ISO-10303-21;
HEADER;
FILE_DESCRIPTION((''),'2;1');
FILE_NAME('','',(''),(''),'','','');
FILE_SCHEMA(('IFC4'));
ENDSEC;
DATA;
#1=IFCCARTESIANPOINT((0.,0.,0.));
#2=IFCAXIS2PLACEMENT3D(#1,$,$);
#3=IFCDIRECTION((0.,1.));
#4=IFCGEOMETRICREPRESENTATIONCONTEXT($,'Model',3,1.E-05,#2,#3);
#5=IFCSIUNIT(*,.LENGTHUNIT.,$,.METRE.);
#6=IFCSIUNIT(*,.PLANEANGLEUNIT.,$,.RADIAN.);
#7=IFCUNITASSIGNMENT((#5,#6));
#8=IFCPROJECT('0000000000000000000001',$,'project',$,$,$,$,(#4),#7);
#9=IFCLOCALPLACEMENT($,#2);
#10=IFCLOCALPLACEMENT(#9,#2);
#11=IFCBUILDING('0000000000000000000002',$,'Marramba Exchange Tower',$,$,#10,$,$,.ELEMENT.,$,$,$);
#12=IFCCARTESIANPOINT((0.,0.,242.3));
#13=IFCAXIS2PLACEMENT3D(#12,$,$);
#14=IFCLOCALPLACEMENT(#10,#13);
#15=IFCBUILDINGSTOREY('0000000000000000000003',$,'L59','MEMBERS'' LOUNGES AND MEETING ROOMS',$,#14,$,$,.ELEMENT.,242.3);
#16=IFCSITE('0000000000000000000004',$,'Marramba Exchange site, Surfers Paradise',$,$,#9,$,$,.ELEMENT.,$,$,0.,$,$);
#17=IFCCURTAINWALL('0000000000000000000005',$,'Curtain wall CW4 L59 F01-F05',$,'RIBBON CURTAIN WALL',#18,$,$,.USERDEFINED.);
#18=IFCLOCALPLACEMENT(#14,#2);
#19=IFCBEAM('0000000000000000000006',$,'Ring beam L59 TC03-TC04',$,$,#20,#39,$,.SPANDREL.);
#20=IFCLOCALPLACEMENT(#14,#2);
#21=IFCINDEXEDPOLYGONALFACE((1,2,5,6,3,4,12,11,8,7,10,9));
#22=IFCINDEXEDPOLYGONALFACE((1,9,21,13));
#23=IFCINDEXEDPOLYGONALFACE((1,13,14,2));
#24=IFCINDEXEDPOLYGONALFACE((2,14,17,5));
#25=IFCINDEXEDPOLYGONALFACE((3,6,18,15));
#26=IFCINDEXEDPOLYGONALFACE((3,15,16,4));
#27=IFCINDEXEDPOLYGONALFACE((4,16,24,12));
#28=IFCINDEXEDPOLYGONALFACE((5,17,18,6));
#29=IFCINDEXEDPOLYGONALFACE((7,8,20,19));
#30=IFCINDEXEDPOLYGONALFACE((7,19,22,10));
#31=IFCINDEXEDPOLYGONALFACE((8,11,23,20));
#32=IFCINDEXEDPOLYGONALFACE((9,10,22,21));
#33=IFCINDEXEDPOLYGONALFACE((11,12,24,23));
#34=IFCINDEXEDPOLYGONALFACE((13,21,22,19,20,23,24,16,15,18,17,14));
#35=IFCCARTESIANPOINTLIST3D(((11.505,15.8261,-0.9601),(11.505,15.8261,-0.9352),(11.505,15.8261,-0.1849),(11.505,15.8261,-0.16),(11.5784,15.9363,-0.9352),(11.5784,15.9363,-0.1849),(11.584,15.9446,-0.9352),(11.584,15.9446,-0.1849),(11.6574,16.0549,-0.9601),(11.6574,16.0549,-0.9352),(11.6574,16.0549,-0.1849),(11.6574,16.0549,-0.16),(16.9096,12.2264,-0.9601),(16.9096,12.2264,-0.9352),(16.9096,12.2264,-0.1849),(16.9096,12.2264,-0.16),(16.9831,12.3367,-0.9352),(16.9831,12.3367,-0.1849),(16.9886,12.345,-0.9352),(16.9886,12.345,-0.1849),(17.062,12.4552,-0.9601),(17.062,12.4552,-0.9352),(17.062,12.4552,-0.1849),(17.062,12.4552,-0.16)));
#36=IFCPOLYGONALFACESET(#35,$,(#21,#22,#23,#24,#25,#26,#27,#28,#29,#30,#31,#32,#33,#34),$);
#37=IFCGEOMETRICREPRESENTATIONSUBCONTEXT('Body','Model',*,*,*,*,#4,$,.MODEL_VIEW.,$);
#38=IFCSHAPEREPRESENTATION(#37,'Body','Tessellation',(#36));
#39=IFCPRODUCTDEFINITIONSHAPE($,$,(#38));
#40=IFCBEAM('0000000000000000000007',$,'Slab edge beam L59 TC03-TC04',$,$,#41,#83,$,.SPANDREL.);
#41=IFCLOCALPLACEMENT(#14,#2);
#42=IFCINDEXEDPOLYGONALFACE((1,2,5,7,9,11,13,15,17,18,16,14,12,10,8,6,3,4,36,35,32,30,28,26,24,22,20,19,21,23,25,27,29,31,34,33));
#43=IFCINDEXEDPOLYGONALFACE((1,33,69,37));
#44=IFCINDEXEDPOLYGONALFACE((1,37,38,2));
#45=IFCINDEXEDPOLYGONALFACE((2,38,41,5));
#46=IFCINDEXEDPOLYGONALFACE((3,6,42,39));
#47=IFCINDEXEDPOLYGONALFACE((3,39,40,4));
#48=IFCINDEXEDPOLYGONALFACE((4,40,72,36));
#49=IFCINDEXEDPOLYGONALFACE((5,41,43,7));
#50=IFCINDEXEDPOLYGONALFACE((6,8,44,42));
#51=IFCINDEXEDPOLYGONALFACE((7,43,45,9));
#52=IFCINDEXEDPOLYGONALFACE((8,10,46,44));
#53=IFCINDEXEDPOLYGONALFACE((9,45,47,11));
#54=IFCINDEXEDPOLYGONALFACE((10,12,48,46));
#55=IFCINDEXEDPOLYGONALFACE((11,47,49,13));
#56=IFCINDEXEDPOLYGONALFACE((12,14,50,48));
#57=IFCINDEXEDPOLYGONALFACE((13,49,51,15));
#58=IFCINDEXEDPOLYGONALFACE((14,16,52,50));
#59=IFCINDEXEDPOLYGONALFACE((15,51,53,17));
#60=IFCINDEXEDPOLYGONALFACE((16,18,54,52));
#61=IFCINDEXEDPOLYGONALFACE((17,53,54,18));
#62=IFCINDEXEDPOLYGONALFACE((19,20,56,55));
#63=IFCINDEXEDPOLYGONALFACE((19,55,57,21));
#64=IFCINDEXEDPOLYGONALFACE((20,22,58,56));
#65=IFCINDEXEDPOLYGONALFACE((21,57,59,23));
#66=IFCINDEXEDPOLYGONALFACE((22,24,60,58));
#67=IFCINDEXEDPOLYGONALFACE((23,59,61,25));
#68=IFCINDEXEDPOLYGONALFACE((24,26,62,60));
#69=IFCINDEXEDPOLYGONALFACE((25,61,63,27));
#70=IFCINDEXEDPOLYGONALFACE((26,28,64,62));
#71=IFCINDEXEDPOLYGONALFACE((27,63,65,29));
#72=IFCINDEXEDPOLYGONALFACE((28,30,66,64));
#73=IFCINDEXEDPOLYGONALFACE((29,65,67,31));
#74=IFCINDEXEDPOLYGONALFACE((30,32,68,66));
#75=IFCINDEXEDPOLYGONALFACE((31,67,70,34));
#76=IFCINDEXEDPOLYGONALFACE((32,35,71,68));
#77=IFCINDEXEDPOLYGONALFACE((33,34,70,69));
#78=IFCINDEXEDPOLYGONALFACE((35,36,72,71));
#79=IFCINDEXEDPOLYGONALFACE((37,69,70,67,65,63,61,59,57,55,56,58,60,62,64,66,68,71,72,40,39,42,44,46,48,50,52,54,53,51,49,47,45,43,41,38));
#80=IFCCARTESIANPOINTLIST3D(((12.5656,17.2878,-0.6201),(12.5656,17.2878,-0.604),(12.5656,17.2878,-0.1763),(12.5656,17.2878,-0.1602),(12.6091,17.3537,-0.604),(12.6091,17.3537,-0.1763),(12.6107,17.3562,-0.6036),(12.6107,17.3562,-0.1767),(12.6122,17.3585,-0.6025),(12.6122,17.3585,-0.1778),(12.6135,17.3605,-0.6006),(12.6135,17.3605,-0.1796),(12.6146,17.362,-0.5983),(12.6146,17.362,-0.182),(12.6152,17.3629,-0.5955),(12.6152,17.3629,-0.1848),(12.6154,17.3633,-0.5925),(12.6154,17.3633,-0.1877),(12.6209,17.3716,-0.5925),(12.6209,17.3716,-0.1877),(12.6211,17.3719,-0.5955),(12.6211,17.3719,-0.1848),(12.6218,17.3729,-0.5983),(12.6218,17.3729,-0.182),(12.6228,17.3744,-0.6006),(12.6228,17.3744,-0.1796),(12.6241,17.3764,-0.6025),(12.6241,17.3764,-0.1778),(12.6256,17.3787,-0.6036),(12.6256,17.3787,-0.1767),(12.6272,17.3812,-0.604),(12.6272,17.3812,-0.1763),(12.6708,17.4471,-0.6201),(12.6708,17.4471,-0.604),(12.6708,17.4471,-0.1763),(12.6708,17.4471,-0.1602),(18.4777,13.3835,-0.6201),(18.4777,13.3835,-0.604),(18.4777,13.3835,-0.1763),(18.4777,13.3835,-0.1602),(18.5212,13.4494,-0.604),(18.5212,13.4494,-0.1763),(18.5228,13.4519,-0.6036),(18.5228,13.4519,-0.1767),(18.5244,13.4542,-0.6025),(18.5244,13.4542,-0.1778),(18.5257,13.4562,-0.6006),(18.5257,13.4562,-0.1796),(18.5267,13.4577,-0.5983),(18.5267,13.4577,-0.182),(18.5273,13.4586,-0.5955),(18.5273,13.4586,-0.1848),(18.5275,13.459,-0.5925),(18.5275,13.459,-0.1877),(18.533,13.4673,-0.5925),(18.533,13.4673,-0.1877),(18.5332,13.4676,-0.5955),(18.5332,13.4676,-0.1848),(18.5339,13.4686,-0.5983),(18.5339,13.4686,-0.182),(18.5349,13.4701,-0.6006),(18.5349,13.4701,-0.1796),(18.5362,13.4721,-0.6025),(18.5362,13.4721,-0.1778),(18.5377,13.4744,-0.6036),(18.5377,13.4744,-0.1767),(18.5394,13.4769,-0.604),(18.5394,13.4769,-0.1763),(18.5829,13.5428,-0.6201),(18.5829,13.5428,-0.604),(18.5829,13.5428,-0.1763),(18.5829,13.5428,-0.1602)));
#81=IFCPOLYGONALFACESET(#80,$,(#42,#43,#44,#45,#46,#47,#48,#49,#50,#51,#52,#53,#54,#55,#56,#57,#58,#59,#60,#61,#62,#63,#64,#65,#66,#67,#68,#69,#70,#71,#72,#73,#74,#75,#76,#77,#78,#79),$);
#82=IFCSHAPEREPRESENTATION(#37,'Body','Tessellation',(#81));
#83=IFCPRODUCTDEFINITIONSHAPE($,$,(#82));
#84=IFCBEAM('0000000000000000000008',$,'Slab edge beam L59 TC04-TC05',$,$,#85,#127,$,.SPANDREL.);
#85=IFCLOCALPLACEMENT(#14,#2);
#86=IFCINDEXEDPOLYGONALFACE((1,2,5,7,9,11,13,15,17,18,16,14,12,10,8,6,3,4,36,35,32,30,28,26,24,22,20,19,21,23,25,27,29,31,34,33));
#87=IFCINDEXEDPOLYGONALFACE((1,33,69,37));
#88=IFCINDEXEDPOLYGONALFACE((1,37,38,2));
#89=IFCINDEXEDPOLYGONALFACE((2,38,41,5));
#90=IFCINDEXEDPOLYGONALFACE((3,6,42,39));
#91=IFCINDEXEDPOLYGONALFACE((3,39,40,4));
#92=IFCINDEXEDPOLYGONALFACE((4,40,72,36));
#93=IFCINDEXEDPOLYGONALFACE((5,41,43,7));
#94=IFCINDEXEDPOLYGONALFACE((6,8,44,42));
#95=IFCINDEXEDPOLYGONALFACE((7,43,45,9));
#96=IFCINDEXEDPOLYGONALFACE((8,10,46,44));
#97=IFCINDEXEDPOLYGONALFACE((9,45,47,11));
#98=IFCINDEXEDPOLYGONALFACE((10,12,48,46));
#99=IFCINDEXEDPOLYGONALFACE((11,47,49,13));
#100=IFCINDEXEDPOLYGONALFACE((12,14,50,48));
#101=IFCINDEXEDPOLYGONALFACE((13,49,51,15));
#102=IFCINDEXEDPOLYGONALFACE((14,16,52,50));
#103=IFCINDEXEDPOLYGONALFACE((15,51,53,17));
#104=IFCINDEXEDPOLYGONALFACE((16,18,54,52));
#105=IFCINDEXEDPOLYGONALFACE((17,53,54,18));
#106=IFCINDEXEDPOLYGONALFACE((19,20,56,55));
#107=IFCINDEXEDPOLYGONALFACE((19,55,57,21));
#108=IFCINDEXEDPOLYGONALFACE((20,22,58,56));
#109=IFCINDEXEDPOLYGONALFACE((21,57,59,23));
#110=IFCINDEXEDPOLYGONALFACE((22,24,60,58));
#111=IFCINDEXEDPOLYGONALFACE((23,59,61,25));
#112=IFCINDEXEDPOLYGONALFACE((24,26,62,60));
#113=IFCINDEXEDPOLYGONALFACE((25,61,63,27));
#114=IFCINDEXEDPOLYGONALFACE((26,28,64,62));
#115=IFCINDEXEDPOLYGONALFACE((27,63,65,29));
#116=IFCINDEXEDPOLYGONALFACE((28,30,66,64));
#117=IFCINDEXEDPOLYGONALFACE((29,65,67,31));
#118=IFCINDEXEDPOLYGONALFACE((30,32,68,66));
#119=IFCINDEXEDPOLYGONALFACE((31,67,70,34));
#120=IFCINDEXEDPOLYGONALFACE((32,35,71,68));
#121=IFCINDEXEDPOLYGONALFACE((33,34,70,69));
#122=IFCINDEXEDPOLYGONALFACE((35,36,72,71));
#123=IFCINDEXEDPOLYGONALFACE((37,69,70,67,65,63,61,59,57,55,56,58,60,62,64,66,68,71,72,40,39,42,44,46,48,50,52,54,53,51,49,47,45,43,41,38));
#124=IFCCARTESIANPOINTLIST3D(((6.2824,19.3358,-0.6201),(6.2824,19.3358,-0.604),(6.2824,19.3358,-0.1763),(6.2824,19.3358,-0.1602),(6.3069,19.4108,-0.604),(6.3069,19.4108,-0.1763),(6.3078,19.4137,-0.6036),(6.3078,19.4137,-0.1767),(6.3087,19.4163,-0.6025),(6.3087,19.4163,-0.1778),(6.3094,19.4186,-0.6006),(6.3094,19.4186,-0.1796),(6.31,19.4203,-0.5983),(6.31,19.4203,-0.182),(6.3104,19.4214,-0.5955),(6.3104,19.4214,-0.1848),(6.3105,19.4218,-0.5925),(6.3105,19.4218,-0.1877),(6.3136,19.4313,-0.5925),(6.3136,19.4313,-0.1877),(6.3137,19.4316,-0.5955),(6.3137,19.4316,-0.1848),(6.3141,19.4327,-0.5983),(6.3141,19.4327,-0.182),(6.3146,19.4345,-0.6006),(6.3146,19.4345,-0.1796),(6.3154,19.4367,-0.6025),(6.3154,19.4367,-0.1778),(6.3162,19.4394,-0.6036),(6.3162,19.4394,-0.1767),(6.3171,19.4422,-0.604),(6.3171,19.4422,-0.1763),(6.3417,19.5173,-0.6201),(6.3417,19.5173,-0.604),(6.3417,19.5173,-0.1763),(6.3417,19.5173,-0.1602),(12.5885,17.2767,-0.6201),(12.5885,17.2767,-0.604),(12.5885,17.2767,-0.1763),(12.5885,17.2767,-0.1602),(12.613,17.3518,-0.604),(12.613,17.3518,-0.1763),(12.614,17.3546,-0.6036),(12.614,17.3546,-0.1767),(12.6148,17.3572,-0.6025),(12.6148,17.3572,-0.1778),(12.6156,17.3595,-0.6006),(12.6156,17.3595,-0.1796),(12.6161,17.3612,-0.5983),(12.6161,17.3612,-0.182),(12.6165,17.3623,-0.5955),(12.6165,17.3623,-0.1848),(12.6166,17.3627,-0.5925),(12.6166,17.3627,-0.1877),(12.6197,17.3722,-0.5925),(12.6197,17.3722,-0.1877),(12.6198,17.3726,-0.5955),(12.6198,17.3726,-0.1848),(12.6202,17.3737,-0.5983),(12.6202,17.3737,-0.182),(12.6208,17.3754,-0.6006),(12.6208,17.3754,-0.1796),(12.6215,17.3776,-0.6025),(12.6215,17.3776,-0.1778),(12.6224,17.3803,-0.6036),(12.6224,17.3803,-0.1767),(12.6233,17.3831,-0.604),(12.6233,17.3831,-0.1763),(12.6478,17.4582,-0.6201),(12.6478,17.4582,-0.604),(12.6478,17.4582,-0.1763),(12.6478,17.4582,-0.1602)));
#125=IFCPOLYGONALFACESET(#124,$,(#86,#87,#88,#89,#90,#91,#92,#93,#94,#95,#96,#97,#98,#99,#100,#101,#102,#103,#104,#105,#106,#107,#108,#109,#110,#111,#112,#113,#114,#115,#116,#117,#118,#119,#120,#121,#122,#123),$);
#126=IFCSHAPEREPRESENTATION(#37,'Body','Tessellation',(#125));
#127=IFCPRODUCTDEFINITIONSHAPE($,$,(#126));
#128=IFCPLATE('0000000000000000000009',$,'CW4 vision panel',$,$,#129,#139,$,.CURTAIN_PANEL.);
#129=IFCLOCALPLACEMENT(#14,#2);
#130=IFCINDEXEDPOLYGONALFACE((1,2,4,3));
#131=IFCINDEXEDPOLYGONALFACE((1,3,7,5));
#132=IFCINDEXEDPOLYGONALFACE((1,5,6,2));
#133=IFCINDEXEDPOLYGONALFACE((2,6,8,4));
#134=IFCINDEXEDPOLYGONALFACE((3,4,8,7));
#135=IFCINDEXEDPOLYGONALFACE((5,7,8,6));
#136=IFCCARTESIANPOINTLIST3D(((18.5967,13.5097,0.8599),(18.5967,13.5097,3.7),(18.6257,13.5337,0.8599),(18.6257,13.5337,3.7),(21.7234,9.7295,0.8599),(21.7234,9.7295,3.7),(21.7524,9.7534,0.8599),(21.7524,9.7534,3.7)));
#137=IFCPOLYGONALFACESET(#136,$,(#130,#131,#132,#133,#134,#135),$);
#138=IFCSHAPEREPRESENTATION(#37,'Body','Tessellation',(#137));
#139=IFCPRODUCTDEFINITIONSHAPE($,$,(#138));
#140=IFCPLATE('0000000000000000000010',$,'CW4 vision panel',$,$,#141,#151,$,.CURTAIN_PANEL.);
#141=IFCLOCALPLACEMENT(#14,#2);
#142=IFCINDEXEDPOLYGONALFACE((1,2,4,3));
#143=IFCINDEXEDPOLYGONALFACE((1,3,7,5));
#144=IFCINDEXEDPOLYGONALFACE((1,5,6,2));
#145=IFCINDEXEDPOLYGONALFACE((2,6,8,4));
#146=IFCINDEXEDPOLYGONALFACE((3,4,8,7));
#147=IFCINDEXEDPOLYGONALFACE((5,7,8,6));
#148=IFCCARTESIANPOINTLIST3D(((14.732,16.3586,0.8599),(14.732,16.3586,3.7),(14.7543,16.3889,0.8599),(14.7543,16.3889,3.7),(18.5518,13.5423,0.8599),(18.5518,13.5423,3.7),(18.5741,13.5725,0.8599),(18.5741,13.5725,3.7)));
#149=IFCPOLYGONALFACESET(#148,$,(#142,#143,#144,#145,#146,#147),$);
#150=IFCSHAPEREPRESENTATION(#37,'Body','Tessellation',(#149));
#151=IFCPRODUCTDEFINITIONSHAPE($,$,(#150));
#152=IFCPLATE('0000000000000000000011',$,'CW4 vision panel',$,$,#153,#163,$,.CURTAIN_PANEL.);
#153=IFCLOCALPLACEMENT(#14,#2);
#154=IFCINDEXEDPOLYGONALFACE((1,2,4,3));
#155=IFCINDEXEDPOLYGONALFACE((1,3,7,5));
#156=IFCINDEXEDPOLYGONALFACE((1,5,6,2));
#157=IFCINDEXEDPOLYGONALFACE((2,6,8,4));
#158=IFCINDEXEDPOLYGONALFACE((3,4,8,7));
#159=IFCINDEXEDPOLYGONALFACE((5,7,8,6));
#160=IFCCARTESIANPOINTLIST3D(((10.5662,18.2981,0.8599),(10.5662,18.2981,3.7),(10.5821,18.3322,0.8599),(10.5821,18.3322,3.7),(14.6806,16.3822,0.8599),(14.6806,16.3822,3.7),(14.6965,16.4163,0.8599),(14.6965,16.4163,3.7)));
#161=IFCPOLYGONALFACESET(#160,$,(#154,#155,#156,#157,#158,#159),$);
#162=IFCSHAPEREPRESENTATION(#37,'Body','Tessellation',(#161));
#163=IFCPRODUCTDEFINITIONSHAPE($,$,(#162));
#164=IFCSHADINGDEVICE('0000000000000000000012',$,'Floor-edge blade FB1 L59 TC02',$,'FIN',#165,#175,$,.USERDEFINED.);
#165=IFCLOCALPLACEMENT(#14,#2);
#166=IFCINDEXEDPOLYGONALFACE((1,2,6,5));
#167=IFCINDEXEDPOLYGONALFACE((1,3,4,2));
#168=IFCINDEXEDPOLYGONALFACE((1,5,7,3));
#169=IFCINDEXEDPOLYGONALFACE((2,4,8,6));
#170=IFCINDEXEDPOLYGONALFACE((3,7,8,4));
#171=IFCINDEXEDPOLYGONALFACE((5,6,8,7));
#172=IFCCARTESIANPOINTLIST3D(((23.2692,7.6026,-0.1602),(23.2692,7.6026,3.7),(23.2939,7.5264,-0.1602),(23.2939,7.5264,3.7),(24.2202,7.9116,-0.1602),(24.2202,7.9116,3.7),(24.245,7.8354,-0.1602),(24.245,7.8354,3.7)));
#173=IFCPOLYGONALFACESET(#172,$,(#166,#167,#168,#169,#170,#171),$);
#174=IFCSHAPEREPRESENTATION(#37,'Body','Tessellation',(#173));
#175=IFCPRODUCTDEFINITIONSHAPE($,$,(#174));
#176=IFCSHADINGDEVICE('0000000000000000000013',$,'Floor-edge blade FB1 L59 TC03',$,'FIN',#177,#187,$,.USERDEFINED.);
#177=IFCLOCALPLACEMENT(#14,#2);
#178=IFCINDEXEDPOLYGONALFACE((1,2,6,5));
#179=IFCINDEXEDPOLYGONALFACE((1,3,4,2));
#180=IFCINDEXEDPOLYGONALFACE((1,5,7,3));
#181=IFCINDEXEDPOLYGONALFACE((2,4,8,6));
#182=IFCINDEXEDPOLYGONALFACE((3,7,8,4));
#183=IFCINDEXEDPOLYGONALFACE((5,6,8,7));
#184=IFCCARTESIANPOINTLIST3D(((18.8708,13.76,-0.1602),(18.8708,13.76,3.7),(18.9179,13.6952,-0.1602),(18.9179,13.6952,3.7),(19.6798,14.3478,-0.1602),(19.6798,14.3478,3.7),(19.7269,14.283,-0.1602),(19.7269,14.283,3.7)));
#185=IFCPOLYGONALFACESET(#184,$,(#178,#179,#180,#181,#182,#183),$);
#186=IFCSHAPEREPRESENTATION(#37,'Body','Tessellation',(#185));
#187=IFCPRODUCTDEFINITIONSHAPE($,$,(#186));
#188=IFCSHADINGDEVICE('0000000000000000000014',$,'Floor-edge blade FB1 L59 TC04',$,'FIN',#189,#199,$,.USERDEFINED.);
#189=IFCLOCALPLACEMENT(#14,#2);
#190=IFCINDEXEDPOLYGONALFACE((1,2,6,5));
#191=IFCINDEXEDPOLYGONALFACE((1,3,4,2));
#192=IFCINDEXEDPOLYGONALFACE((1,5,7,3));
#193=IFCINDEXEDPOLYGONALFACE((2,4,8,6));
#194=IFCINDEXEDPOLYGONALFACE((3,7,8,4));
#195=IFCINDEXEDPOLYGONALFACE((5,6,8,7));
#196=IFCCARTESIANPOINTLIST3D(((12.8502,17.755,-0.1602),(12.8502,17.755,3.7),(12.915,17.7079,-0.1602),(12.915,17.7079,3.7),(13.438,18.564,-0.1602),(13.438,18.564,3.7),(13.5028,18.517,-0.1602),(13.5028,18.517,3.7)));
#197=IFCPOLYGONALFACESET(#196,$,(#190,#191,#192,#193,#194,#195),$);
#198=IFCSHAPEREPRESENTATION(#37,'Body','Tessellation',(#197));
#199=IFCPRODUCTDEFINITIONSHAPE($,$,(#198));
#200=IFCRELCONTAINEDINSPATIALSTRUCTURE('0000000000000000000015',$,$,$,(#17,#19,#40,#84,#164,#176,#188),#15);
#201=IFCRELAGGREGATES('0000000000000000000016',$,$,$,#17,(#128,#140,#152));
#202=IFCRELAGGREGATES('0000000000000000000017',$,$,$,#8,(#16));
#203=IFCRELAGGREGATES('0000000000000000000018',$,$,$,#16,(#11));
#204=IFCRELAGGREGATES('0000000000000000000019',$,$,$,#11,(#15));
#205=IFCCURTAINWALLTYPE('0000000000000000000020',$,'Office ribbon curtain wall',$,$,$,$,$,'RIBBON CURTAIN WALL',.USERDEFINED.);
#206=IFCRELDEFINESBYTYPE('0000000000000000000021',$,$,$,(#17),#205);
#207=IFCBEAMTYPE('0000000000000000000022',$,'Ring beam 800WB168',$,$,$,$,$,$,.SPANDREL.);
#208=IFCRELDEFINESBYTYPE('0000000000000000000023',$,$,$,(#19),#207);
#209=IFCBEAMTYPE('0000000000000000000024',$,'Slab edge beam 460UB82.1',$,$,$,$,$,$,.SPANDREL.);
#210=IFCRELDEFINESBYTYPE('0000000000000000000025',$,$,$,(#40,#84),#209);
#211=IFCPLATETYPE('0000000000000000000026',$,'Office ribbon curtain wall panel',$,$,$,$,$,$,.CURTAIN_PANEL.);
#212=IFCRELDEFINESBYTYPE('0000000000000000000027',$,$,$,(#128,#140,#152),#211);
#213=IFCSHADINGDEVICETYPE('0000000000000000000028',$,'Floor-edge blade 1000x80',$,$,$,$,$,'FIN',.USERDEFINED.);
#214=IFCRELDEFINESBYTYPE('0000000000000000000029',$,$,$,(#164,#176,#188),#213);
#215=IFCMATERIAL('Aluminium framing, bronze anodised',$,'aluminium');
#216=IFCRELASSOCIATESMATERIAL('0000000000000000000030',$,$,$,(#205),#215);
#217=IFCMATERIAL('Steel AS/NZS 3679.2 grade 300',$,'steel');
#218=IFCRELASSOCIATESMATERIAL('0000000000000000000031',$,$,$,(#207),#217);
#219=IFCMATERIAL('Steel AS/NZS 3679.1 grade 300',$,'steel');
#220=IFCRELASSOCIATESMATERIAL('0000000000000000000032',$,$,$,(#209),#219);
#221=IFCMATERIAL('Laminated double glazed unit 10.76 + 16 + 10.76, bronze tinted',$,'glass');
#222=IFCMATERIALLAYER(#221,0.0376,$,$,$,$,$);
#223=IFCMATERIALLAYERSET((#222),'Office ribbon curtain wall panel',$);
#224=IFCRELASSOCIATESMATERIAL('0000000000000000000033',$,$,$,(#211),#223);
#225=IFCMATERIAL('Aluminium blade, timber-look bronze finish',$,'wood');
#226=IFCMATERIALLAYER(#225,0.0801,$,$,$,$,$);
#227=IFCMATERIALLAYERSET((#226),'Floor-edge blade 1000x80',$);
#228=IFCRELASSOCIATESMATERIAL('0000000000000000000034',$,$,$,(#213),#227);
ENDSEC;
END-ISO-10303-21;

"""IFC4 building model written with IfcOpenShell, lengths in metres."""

from ifc_helpers import new_model, si_unit, direction, frame, origin, origin_2d, place, context, subcontext, project, spatial, rectangle, i_section, extrude, material, layer, layer_set, material_profile, profile_set, type_object, element, aggregate, save


model = new_model("IFC4")

# Units and contexts
model_context = context("Model", 3, precision=1e-05, world=origin(), true_north=direction((0.0, 1.0)))
body_context = subcontext(model_context, "Body", "Model", "MODEL_VIEW")
ifc_project = project(units=[si_unit("LENGTHUNIT", "METRE"), si_unit("PLANEANGLEUNIT", "RADIAN")], contexts=[model_context])

# Site, building, storey
site_placement = place(None, origin())
site = spatial("IfcSite", under=ifc_project, at=site_placement, Name="Marramba Exchange site, Surfers Paradise", CompositionType="ELEMENT", RefElevation=0.0)
building_placement = place(site_placement, origin())
building = spatial("IfcBuilding", under=site, at=building_placement, Name="Marramba Exchange Tower", CompositionType="ELEMENT")
storey_placement = place(building_placement, frame((0.0, 0.0, 242.3)))
storey = spatial("IfcBuildingStorey", under=building, at=storey_placement, Name="L59", Description="MEMBERS' LOUNGES AND MEETING ROOMS", CompositionType="ELEMENT", Elevation=242.3)

# Shared definitions
ifc_material_1 = material(Name="Steel AS/NZS 3679.2 grade 300", Category="steel")
ifc_material_2 = material(Name="Steel AS/NZS 3679.1 grade 300", Category="steel")

# Curtain wall
ifc_material_3 = material(Name="Aluminium framing, bronze anodised", Category="aluminium")
curtain_wall_type = type_object("IfcCurtainWallType", Name="Office ribbon curtain wall", ElementType="RIBBON CURTAIN WALL", PredefinedType="USERDEFINED", material=ifc_material_3)
curtain_wall_placement = place(storey_placement, origin())
curtain_wall = element("IfcCurtainWall", 1, at=curtain_wall_placement, inside=storey, type_object=curtain_wall_type, Name="Curtain wall CW4 L59 F01-F05", ObjectType="RIBBON CURTAIN WALL", PredefinedType="USERDEFINED")

# Beams
ifc_material_profile_1 = material_profile(ifc_material_1, i_section(OverallWidth=0.2749, OverallDepth=0.8, WebThickness=0.01, FlangeThickness=0.0249, at=origin_2d()), Name="800WB168")
ifc_profile_set_1 = profile_set([ifc_material_profile_1], Name="Steel AS/NZS 3679.2 grade 300")
beam_type_1 = type_object("IfcBeamType", Name="Ring beam 800WB168", PredefinedType="SPANDREL", material=ifc_profile_set_1)
beam_1_placement = place(storey_placement, frame((16.9858, 12.3408, -0.5601), z_axis=(-0.832293, 0.554336, 0.0), x_axis=(-0.554336, -0.832293, 0.0)))
element("IfcBeam", 2, at=beam_1_placement, inside=storey, type_object=beam_type_1, Name="Ring beam L59 TC03-TC04", PredefinedType="SPANDREL", context=body_context, shape_type="SweptSolid", body=[
    extrude(i_section(OverallWidth=0.2749, OverallDepth=0.8, WebThickness=0.01, FlangeThickness=0.0249, at=origin_2d()), origin(), (0.0, 0.0, 1.0), 6.4937),
])
ifc_material_profile_2 = material_profile(ifc_material_2, i_section(OverallWidth=0.1909, OverallDepth=0.46, WebThickness=0.01, FlangeThickness=0.0161, FilletRadius=0.0115, at=origin_2d()), Name="460UB82.1")
ifc_profile_set_2 = profile_set([ifc_material_profile_2], Name="Steel AS/NZS 3679.1 grade 300")
beam_type_2 = type_object("IfcBeamType", Name="Slab edge beam 460UB82.1", PredefinedType="SPANDREL", material=ifc_profile_set_2)
beam_2_placement = place(storey_placement, frame((18.5303, 13.4631, -0.3901), z_axis=(-0.83446, 0.551069, 0.0), x_axis=(-0.551069, -0.83446, 0.0)))
element("IfcBeam", 3, at=beam_2_placement, inside=storey, type_object=beam_type_2, Name="Slab edge beam L59 TC03-TC04", PredefinedType="SPANDREL", context=body_context, shape_type="SweptSolid", body=[
    extrude(i_section(OverallWidth=0.1909, OverallDepth=0.46, WebThickness=0.01, FlangeThickness=0.0161, FilletRadius=0.0115, at=origin_2d()), origin(), (0.0, 0.0, 1.0), 7.085),
])
beam_3_placement = place(storey_placement, frame((12.6182, 17.3674, -0.3901), z_axis=(-0.950609, 0.310392, 0.0), x_axis=(-0.310392, -0.950609, 0.0)))
element("IfcBeam", 4, at=beam_3_placement, inside=storey, type_object=beam_type_2, Name="Slab edge beam L59 TC04-TC05", PredefinedType="SPANDREL", context=body_context, shape_type="SweptSolid", body=[
    extrude(i_section(OverallWidth=0.1909, OverallDepth=0.46, WebThickness=0.01, FlangeThickness=0.0161, FilletRadius=0.0115, at=origin_2d()), origin(), (0.0, 0.0, 1.0), 6.6338),
])

# Plates
ifc_material_4 = material(Name="Laminated double glazed unit 10.76 + 16 + 10.76, bronze tinted", Category="glass")
ifc_layer_1 = layer(ifc_material_4, 0.0376)
ifc_layer_set_1 = layer_set([ifc_layer_1], Name="Office ribbon curtain wall panel")
plate_type = type_object("IfcPlateType", Name="Office ribbon curtain wall panel", PredefinedType="CURTAIN_PANEL", material=ifc_layer_set_1)
plate_1_placement = place(storey_placement, frame((20.1746, 11.6316, 0.8599), z_axis=(0.0, 0.0, 1.0), x_axis=(-0.63735, 0.770574, 0.0)))
plate_1 = element("IfcPlate", 5, at=plate_1_placement, type_object=plate_type, Name="CW4 vision panel", PredefinedType="CURTAIN_PANEL", context=body_context, shape_type="SweptSolid", body=[
    extrude(rectangle(XDim=4.9058, YDim=0.0376, at=origin_2d()), origin(), (0.0, 0.0, 1.0), 2.8401),
])
plate_2_placement = place(storey_placement, frame((16.6531, 14.9656, 0.8599), z_axis=(0.0, 0.0, 1.0), x_axis=(-0.804877, 0.593441, 0.0)))
plate_2 = element("IfcPlate", 6, at=plate_2_placement, type_object=plate_type, Name="CW4 vision panel", PredefinedType="CURTAIN_PANEL", context=body_context, shape_type="SweptSolid", body=[
    extrude(rectangle(XDim=4.7458, YDim=0.0376, at=origin_2d()), origin(), (0.0, 0.0, 1.0), 2.8401),
])
plate_3_placement = place(storey_placement, frame((12.6313, 17.3572, 0.8599), z_axis=(0.0, 0.0, 1.0), x_axis=(-0.906534, 0.422133, 0.0)))
plate_3 = element("IfcPlate", 7, at=plate_3_placement, type_object=plate_type, Name="CW4 vision panel", PredefinedType="CURTAIN_PANEL", context=body_context, shape_type="SweptSolid", body=[
    extrude(rectangle(XDim=4.5386, YDim=0.0376, at=origin_2d()), origin(), (0.0, 0.0, 1.0), 2.8401),
])
aggregate(curtain_wall, [plate_1, plate_2, plate_3])

# Shading devices
ifc_material_5 = material(Name="Aluminium blade, timber-look bronze finish", Category="wood")
ifc_layer_2 = layer(ifc_material_5, 0.0801)
ifc_layer_set_2 = layer_set([ifc_layer_2], Name="Floor-edge blade 1000x80")
shading_device_type_1 = type_object("IfcShadingDeviceType", Name="Floor-edge blade 1000x80", ElementType="FIN", PredefinedType="USERDEFINED", material=ifc_layer_set_2)
for number, where, z_axis, x_axis, name in (
    (8, (23.7571, 7.719, -0.1602), (0.0, 0.0, 1.0), (0.951057, 0.309017, 0.0), "Floor-edge blade FB1 L59 TC02"),
    (9, (19.2988, 14.0215, -0.1602), (0.0, 0.0, 1.0), (0.809017, 0.587785, 0.0), "Floor-edge blade FB1 L59 TC03"),
    (10, (13.1765, 18.136, -0.1602), (0.0, 0.0, 1.0), (0.587785, 0.809017, 0.0), "Floor-edge blade FB1 L59 TC04"),
):
    element("IfcShadingDevice", number, at=place(storey_placement, frame(where, z_axis=z_axis, x_axis=x_axis)), inside=storey, type_object=shading_device_type_1, Name=name, ObjectType="FIN", PredefinedType="USERDEFINED", context=body_context, shape_type="SweptSolid", body=[
        extrude(rectangle(XDim=1.0, YDim=0.0801, at=origin_2d()), origin(), (0.0, 0.0, 1.0), 3.8601),
    ])

save(model, "model.ifc")
